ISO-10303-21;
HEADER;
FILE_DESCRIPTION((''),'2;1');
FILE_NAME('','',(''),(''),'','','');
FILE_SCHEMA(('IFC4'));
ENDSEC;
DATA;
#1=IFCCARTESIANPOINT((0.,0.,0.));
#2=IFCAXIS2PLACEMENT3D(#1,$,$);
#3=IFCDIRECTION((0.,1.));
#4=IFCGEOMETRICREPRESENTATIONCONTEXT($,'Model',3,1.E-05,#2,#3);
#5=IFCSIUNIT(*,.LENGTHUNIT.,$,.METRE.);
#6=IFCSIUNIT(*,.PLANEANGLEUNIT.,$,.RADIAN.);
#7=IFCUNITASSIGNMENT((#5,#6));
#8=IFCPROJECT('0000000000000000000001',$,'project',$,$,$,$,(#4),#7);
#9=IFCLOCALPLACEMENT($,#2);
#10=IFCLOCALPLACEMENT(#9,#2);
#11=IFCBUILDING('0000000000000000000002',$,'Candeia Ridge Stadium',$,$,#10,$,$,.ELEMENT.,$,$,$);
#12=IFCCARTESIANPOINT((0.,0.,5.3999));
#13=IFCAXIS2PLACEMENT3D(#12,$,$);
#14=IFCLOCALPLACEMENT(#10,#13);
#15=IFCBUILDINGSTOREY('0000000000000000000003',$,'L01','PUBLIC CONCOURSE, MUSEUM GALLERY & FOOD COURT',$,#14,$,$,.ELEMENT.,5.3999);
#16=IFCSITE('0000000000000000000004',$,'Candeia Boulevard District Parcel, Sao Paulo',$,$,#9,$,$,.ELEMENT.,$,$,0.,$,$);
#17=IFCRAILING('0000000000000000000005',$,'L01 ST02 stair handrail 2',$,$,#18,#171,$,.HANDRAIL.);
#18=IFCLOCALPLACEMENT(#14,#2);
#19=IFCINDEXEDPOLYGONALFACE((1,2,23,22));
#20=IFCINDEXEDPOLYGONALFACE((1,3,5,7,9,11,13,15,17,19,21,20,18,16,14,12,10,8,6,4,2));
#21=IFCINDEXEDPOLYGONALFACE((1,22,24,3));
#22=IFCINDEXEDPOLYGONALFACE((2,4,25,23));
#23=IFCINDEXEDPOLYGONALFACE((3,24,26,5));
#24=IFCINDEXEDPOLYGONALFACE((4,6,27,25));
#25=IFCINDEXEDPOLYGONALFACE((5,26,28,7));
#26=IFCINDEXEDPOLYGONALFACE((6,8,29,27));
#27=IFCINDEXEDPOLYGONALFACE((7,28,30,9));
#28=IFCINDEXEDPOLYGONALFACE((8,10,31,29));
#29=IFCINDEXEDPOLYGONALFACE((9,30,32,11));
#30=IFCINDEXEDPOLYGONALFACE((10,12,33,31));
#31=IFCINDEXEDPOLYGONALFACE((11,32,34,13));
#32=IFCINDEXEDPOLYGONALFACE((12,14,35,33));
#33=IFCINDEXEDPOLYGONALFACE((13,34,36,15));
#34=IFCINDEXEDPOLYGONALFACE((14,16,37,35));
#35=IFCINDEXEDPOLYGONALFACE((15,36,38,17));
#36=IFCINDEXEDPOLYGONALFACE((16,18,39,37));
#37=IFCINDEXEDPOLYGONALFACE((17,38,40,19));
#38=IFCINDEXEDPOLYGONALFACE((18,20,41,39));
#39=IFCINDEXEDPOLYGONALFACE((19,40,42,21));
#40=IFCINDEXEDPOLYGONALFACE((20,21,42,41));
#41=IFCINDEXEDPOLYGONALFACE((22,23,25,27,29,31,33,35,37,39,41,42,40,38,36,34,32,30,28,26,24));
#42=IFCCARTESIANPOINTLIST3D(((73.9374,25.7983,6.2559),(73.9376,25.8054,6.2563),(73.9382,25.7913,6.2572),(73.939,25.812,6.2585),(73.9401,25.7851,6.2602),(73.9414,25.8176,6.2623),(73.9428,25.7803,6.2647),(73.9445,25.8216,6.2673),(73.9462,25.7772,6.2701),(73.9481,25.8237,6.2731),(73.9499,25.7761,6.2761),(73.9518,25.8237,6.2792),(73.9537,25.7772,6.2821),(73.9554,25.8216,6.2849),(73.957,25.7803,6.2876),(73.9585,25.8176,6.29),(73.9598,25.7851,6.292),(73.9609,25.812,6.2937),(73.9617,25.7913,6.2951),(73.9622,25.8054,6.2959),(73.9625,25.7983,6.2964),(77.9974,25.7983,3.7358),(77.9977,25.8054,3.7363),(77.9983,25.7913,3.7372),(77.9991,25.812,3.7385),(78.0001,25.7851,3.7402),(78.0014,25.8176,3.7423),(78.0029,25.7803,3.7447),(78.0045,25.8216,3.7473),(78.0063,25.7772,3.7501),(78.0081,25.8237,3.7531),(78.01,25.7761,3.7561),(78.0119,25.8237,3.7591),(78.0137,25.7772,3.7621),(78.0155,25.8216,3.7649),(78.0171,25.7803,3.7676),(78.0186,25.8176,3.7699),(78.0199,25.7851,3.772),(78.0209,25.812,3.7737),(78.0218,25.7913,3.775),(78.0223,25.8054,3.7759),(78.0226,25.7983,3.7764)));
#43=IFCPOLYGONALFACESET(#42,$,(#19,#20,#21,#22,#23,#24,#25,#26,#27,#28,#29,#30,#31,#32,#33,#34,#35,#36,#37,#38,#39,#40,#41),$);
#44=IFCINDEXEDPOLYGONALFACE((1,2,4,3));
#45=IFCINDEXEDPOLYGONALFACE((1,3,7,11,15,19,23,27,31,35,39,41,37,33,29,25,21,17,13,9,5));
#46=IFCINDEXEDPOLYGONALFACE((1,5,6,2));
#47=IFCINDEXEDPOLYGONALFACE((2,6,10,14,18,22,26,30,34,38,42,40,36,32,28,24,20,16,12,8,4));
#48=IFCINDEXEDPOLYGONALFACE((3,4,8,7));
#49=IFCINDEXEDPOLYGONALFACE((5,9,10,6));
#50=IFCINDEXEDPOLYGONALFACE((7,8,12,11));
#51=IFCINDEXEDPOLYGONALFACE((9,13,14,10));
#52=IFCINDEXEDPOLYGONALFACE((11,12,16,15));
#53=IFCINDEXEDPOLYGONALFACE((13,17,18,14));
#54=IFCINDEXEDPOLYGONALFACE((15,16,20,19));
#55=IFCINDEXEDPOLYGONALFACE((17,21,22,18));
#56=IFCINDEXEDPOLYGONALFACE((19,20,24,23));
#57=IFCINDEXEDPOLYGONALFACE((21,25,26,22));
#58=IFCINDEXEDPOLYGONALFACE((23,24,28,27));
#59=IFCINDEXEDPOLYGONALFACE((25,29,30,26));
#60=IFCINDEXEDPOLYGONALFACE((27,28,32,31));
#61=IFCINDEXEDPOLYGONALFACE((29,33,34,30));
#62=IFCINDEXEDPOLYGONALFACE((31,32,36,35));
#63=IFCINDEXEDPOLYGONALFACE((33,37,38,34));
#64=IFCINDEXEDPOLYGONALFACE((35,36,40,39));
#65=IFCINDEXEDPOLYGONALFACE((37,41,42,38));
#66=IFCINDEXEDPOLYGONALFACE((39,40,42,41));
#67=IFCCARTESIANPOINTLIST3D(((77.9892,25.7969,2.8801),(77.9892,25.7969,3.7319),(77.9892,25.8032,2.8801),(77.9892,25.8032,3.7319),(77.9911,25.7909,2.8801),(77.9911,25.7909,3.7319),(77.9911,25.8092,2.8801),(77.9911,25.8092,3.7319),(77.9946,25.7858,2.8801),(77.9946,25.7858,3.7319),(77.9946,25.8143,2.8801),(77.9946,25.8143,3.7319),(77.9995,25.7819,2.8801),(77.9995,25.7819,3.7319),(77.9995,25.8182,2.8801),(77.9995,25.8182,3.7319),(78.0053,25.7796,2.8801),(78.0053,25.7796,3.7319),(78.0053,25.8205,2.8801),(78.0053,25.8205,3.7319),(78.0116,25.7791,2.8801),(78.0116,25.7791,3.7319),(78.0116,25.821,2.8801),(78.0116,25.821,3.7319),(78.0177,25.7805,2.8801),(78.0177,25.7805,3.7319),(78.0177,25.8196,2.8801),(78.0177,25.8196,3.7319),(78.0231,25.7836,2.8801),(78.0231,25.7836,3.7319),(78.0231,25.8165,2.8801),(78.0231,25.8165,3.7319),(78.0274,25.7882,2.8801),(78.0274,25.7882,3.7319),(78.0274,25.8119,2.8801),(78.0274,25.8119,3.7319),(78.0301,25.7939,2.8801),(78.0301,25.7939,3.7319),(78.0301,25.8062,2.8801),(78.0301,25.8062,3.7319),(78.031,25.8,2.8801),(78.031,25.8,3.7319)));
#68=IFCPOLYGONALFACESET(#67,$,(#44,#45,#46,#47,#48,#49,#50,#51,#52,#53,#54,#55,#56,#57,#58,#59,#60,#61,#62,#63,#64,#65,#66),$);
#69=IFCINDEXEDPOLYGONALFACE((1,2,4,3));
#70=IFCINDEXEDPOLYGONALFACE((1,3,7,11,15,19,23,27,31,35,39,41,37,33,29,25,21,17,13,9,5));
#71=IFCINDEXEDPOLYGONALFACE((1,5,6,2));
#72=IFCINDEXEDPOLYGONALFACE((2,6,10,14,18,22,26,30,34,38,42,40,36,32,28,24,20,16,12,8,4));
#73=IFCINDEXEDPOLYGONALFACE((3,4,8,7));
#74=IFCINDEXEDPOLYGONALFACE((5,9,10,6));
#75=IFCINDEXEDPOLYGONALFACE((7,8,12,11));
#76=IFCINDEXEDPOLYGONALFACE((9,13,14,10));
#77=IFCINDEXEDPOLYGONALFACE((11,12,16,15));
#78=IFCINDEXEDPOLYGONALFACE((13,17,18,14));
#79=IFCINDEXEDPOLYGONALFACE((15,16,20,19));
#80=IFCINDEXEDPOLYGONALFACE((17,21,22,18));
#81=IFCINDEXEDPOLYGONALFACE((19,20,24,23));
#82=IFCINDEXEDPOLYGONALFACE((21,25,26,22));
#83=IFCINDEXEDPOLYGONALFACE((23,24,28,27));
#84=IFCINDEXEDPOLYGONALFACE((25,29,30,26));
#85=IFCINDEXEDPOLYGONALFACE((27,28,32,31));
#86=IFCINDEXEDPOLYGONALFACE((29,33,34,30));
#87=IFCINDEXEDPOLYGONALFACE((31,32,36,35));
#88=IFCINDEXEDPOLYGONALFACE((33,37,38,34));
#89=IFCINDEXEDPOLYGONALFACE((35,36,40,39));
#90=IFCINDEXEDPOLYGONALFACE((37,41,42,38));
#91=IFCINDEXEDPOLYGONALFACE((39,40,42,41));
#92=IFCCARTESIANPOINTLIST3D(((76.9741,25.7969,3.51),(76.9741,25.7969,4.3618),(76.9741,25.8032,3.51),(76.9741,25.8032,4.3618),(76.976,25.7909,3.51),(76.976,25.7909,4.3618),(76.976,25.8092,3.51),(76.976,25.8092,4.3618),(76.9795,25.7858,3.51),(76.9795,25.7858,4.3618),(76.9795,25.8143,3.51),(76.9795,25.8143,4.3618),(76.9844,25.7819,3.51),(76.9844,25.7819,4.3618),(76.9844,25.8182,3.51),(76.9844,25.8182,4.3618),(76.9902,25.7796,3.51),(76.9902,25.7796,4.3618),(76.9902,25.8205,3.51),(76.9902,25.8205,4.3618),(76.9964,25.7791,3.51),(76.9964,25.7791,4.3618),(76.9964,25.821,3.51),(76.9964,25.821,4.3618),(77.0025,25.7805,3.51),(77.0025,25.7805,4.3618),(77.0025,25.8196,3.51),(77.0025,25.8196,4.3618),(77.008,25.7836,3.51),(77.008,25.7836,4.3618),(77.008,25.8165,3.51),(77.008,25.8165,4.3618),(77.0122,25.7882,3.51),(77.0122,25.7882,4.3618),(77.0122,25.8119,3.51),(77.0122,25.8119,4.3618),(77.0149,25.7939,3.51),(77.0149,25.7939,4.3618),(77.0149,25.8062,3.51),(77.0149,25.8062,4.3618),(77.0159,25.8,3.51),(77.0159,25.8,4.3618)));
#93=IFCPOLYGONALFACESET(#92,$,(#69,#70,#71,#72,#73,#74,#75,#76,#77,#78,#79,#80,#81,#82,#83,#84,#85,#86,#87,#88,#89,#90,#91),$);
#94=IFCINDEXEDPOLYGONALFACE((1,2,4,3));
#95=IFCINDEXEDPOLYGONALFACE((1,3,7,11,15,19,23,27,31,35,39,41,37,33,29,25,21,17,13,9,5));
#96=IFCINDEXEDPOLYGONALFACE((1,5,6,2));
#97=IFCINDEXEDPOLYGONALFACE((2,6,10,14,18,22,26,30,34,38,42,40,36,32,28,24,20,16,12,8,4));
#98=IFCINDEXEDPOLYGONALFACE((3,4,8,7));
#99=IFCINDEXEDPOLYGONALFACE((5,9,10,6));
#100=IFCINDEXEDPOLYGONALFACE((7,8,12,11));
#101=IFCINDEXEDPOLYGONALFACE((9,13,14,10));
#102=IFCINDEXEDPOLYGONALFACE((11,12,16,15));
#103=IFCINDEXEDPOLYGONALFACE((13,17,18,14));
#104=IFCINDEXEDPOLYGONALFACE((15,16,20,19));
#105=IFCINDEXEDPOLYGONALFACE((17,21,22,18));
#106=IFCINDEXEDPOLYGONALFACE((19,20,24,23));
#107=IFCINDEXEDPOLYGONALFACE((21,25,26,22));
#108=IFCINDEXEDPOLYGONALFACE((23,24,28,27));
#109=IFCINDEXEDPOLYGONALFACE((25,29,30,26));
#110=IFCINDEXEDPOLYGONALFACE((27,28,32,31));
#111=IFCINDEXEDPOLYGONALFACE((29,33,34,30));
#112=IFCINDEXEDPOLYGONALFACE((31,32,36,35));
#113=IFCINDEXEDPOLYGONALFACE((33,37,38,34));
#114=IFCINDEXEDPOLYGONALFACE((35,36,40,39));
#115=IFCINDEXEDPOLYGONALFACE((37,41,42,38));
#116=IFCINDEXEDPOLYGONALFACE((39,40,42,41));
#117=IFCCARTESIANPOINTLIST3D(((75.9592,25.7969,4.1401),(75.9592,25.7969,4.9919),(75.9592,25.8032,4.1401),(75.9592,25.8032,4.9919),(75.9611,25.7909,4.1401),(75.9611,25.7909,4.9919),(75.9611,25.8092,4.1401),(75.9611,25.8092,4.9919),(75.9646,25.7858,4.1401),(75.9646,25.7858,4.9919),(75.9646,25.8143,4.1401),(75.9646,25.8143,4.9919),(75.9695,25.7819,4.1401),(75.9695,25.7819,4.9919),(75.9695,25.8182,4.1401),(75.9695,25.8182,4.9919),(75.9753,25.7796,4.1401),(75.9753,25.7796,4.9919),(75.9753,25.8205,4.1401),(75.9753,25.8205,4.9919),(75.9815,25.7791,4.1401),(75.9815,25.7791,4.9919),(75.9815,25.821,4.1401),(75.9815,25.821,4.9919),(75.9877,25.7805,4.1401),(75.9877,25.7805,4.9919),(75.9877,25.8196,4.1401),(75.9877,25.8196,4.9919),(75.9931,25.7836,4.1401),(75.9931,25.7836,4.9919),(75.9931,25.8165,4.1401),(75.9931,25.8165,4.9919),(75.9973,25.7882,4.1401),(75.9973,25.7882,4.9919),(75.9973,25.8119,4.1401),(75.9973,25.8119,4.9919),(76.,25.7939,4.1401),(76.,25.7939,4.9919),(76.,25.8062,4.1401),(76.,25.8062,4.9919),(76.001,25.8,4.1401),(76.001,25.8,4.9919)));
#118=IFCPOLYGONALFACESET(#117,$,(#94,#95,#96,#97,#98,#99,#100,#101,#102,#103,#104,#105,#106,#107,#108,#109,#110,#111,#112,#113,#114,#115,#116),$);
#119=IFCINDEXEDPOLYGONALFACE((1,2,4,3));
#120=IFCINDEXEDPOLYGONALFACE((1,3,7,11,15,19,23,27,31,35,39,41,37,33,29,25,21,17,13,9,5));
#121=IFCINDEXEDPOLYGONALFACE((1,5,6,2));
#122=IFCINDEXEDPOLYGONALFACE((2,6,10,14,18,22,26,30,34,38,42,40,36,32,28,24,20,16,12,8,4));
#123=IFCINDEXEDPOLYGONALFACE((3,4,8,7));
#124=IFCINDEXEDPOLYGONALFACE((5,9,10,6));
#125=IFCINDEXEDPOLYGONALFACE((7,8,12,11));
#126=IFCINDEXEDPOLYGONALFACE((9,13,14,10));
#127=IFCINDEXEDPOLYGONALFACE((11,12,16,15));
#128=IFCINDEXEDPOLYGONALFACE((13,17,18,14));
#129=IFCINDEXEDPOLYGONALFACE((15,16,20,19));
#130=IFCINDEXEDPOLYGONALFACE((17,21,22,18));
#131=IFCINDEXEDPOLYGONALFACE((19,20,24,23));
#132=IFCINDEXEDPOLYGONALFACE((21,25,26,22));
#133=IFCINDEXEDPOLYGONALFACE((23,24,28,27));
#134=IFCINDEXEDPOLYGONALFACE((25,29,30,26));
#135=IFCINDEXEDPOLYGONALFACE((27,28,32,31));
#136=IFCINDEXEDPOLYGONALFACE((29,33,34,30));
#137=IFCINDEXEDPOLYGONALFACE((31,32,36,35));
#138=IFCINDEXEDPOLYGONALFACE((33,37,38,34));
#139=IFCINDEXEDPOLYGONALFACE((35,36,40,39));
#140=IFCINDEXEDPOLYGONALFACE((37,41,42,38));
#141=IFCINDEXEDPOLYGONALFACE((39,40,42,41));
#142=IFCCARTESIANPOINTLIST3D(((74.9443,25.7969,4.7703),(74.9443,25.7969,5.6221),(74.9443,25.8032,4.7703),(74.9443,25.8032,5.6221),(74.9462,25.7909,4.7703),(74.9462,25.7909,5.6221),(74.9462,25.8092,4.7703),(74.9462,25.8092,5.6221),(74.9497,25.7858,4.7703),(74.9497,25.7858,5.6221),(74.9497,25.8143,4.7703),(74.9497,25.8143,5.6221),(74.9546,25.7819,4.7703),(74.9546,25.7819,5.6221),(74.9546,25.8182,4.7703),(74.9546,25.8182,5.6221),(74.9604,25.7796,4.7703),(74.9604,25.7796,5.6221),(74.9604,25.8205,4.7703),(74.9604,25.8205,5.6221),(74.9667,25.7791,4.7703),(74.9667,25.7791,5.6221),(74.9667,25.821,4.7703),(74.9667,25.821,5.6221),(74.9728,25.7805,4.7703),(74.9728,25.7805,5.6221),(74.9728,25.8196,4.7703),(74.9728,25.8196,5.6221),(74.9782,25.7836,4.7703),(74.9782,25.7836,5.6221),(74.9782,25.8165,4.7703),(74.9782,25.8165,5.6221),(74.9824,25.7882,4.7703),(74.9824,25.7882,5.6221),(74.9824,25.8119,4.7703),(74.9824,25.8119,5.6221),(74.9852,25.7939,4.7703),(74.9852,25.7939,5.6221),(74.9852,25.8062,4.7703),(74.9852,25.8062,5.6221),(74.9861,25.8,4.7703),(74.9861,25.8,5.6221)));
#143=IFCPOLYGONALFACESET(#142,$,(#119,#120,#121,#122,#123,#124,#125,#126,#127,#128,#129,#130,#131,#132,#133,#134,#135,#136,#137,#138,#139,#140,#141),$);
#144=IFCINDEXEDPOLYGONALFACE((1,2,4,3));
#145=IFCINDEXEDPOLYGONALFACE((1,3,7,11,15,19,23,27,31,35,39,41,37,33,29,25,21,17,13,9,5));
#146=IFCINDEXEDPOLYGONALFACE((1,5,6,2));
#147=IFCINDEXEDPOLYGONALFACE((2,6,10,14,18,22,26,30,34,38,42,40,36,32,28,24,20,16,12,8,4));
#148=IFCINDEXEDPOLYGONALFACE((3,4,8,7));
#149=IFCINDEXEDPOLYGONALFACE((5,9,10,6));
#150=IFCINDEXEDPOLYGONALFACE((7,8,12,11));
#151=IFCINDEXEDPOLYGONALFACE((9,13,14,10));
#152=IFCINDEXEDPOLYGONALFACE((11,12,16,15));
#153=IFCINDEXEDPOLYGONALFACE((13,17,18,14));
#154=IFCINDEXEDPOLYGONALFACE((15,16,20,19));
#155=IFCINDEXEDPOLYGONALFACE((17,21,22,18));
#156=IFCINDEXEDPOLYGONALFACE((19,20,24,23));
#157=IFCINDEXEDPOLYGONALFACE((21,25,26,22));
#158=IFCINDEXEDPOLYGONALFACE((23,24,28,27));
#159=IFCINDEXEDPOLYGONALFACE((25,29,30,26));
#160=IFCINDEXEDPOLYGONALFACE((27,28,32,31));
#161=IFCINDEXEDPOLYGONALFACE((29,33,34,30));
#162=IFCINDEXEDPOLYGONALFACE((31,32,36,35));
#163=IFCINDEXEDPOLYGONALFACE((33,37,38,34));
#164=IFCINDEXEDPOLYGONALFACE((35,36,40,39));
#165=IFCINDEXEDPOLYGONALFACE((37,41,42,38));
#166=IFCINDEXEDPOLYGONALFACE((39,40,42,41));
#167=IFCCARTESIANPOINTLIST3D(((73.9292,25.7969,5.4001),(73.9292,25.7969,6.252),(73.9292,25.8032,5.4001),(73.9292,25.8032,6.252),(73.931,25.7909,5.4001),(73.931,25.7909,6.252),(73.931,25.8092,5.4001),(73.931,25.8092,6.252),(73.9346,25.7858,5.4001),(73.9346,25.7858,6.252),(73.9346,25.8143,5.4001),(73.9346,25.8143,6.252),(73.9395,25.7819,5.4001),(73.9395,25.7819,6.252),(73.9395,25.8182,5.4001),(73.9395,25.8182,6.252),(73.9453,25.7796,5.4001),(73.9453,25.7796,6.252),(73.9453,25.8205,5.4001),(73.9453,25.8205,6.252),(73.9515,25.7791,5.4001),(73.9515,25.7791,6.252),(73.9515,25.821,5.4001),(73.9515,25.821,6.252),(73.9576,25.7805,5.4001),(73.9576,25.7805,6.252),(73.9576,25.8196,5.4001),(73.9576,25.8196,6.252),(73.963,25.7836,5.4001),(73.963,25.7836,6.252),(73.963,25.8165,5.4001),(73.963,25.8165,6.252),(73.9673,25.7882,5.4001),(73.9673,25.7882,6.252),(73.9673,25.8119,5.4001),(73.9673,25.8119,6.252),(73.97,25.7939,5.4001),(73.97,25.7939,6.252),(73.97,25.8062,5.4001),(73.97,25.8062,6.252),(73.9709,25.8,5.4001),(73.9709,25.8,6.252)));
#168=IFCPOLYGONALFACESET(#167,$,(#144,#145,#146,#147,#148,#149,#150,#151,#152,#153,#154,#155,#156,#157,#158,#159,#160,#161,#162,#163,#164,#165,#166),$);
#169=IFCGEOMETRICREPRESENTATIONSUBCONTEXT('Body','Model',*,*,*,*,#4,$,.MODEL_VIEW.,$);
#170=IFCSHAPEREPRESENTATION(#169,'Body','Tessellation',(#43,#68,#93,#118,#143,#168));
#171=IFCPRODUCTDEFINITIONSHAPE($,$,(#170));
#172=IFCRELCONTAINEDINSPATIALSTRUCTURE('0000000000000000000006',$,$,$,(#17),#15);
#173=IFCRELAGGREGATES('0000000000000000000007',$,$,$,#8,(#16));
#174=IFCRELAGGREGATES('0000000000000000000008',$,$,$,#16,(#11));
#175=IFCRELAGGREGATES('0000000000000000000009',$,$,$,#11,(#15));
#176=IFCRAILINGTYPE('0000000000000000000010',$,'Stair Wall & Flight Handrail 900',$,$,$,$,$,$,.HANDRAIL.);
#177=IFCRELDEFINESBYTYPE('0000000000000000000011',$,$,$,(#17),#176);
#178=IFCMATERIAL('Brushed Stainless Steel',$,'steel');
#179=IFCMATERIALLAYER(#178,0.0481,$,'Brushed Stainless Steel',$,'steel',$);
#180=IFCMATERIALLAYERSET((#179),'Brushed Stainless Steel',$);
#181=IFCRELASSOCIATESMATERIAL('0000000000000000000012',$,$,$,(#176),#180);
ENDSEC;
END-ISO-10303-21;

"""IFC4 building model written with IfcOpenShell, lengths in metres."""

from ifc_helpers import new_model, si_unit, direction, frame, origin, origin_2d, place, context, subcontext, project, spatial, circle, extrude, material, layer, layer_set, type_object, element, save


model = new_model("IFC4")

# Units and contexts
model_context = context("Model", 3, precision=1e-05, world=origin(), true_north=direction((0.0, 1.0)))
body_context = subcontext(model_context, "Body", "Model", "MODEL_VIEW")
ifc_project = project(units=[si_unit("LENGTHUNIT", "METRE"), si_unit("PLANEANGLEUNIT", "RADIAN")], contexts=[model_context])

# Site, building, storey
site_placement = place(None, origin())
site = spatial("IfcSite", under=ifc_project, at=site_placement, Name="Candeia Boulevard District Parcel, Sao Paulo", CompositionType="ELEMENT", RefElevation=0.0)
building_placement = place(site_placement, origin())
building = spatial("IfcBuilding", under=site, at=building_placement, Name="Candeia Ridge Stadium", CompositionType="ELEMENT")
storey_placement = place(building_placement, frame((0.0, 0.0, 5.3999)))
storey = spatial("IfcBuildingStorey", under=building, at=storey_placement, Name="L01", Description="PUBLIC CONCOURSE, MUSEUM GALLERY & FOOD COURT", CompositionType="ELEMENT", Elevation=5.3999)

# Railing
ifc_material_1 = material(Name="Brushed Stainless Steel", Category="steel")
ifc_layer_1 = layer(ifc_material_1, 0.0481, Name="Brushed Stainless Steel", Category="steel")
ifc_layer_set_1 = layer_set([ifc_layer_1], Name="Brushed Stainless Steel")
railing_type_1 = type_object("IfcRailingType", Name="Stair Wall & Flight Handrail 900", PredefinedType="HANDRAIL", material=ifc_layer_set_1)
railing_1_placement = place(storey_placement, frame((78.01, 25.8, 2.8801)))
element("IfcRailing", 1, at=railing_1_placement, inside=storey, type_object=railing_type_1, Name="L01 ST02 stair handrail 2", PredefinedType="HANDRAIL", context=body_context, shape_type="SweptSolid", body=[
    extrude(circle(Radius=0.0239, at=origin_2d()), frame((0.0, 0.0, 0.876), z_axis=(-0.849642, 0.0, 0.52736), x_axis=(0.0, -1.0, 0.0)), (0.0, 0.0, 1.0), 4.7786),
    extrude(circle(Radius=0.021, at=origin_2d()), origin(), (0.0, 0.0, 1.0), 0.8518),
    extrude(circle(Radius=0.021, at=origin_2d()), frame((-1.0151, 0.0, 0.6299)), (0.0, 0.0, 1.0), 0.8518),
    extrude(circle(Radius=0.021, at=origin_2d()), frame((-2.03, 0.0, 1.26)), (0.0, 0.0, 1.0), 0.8518),
    extrude(circle(Radius=0.021, at=origin_2d()), frame((-3.0449, 0.0, 1.8901)), (0.0, 0.0, 1.0), 0.8518),
    extrude(circle(Radius=0.021, at=origin_2d()), frame((-4.0601, 0.0, 2.52)), (0.0, 0.0, 1.0), 0.8518),
])

save(model, "model.ifc")
